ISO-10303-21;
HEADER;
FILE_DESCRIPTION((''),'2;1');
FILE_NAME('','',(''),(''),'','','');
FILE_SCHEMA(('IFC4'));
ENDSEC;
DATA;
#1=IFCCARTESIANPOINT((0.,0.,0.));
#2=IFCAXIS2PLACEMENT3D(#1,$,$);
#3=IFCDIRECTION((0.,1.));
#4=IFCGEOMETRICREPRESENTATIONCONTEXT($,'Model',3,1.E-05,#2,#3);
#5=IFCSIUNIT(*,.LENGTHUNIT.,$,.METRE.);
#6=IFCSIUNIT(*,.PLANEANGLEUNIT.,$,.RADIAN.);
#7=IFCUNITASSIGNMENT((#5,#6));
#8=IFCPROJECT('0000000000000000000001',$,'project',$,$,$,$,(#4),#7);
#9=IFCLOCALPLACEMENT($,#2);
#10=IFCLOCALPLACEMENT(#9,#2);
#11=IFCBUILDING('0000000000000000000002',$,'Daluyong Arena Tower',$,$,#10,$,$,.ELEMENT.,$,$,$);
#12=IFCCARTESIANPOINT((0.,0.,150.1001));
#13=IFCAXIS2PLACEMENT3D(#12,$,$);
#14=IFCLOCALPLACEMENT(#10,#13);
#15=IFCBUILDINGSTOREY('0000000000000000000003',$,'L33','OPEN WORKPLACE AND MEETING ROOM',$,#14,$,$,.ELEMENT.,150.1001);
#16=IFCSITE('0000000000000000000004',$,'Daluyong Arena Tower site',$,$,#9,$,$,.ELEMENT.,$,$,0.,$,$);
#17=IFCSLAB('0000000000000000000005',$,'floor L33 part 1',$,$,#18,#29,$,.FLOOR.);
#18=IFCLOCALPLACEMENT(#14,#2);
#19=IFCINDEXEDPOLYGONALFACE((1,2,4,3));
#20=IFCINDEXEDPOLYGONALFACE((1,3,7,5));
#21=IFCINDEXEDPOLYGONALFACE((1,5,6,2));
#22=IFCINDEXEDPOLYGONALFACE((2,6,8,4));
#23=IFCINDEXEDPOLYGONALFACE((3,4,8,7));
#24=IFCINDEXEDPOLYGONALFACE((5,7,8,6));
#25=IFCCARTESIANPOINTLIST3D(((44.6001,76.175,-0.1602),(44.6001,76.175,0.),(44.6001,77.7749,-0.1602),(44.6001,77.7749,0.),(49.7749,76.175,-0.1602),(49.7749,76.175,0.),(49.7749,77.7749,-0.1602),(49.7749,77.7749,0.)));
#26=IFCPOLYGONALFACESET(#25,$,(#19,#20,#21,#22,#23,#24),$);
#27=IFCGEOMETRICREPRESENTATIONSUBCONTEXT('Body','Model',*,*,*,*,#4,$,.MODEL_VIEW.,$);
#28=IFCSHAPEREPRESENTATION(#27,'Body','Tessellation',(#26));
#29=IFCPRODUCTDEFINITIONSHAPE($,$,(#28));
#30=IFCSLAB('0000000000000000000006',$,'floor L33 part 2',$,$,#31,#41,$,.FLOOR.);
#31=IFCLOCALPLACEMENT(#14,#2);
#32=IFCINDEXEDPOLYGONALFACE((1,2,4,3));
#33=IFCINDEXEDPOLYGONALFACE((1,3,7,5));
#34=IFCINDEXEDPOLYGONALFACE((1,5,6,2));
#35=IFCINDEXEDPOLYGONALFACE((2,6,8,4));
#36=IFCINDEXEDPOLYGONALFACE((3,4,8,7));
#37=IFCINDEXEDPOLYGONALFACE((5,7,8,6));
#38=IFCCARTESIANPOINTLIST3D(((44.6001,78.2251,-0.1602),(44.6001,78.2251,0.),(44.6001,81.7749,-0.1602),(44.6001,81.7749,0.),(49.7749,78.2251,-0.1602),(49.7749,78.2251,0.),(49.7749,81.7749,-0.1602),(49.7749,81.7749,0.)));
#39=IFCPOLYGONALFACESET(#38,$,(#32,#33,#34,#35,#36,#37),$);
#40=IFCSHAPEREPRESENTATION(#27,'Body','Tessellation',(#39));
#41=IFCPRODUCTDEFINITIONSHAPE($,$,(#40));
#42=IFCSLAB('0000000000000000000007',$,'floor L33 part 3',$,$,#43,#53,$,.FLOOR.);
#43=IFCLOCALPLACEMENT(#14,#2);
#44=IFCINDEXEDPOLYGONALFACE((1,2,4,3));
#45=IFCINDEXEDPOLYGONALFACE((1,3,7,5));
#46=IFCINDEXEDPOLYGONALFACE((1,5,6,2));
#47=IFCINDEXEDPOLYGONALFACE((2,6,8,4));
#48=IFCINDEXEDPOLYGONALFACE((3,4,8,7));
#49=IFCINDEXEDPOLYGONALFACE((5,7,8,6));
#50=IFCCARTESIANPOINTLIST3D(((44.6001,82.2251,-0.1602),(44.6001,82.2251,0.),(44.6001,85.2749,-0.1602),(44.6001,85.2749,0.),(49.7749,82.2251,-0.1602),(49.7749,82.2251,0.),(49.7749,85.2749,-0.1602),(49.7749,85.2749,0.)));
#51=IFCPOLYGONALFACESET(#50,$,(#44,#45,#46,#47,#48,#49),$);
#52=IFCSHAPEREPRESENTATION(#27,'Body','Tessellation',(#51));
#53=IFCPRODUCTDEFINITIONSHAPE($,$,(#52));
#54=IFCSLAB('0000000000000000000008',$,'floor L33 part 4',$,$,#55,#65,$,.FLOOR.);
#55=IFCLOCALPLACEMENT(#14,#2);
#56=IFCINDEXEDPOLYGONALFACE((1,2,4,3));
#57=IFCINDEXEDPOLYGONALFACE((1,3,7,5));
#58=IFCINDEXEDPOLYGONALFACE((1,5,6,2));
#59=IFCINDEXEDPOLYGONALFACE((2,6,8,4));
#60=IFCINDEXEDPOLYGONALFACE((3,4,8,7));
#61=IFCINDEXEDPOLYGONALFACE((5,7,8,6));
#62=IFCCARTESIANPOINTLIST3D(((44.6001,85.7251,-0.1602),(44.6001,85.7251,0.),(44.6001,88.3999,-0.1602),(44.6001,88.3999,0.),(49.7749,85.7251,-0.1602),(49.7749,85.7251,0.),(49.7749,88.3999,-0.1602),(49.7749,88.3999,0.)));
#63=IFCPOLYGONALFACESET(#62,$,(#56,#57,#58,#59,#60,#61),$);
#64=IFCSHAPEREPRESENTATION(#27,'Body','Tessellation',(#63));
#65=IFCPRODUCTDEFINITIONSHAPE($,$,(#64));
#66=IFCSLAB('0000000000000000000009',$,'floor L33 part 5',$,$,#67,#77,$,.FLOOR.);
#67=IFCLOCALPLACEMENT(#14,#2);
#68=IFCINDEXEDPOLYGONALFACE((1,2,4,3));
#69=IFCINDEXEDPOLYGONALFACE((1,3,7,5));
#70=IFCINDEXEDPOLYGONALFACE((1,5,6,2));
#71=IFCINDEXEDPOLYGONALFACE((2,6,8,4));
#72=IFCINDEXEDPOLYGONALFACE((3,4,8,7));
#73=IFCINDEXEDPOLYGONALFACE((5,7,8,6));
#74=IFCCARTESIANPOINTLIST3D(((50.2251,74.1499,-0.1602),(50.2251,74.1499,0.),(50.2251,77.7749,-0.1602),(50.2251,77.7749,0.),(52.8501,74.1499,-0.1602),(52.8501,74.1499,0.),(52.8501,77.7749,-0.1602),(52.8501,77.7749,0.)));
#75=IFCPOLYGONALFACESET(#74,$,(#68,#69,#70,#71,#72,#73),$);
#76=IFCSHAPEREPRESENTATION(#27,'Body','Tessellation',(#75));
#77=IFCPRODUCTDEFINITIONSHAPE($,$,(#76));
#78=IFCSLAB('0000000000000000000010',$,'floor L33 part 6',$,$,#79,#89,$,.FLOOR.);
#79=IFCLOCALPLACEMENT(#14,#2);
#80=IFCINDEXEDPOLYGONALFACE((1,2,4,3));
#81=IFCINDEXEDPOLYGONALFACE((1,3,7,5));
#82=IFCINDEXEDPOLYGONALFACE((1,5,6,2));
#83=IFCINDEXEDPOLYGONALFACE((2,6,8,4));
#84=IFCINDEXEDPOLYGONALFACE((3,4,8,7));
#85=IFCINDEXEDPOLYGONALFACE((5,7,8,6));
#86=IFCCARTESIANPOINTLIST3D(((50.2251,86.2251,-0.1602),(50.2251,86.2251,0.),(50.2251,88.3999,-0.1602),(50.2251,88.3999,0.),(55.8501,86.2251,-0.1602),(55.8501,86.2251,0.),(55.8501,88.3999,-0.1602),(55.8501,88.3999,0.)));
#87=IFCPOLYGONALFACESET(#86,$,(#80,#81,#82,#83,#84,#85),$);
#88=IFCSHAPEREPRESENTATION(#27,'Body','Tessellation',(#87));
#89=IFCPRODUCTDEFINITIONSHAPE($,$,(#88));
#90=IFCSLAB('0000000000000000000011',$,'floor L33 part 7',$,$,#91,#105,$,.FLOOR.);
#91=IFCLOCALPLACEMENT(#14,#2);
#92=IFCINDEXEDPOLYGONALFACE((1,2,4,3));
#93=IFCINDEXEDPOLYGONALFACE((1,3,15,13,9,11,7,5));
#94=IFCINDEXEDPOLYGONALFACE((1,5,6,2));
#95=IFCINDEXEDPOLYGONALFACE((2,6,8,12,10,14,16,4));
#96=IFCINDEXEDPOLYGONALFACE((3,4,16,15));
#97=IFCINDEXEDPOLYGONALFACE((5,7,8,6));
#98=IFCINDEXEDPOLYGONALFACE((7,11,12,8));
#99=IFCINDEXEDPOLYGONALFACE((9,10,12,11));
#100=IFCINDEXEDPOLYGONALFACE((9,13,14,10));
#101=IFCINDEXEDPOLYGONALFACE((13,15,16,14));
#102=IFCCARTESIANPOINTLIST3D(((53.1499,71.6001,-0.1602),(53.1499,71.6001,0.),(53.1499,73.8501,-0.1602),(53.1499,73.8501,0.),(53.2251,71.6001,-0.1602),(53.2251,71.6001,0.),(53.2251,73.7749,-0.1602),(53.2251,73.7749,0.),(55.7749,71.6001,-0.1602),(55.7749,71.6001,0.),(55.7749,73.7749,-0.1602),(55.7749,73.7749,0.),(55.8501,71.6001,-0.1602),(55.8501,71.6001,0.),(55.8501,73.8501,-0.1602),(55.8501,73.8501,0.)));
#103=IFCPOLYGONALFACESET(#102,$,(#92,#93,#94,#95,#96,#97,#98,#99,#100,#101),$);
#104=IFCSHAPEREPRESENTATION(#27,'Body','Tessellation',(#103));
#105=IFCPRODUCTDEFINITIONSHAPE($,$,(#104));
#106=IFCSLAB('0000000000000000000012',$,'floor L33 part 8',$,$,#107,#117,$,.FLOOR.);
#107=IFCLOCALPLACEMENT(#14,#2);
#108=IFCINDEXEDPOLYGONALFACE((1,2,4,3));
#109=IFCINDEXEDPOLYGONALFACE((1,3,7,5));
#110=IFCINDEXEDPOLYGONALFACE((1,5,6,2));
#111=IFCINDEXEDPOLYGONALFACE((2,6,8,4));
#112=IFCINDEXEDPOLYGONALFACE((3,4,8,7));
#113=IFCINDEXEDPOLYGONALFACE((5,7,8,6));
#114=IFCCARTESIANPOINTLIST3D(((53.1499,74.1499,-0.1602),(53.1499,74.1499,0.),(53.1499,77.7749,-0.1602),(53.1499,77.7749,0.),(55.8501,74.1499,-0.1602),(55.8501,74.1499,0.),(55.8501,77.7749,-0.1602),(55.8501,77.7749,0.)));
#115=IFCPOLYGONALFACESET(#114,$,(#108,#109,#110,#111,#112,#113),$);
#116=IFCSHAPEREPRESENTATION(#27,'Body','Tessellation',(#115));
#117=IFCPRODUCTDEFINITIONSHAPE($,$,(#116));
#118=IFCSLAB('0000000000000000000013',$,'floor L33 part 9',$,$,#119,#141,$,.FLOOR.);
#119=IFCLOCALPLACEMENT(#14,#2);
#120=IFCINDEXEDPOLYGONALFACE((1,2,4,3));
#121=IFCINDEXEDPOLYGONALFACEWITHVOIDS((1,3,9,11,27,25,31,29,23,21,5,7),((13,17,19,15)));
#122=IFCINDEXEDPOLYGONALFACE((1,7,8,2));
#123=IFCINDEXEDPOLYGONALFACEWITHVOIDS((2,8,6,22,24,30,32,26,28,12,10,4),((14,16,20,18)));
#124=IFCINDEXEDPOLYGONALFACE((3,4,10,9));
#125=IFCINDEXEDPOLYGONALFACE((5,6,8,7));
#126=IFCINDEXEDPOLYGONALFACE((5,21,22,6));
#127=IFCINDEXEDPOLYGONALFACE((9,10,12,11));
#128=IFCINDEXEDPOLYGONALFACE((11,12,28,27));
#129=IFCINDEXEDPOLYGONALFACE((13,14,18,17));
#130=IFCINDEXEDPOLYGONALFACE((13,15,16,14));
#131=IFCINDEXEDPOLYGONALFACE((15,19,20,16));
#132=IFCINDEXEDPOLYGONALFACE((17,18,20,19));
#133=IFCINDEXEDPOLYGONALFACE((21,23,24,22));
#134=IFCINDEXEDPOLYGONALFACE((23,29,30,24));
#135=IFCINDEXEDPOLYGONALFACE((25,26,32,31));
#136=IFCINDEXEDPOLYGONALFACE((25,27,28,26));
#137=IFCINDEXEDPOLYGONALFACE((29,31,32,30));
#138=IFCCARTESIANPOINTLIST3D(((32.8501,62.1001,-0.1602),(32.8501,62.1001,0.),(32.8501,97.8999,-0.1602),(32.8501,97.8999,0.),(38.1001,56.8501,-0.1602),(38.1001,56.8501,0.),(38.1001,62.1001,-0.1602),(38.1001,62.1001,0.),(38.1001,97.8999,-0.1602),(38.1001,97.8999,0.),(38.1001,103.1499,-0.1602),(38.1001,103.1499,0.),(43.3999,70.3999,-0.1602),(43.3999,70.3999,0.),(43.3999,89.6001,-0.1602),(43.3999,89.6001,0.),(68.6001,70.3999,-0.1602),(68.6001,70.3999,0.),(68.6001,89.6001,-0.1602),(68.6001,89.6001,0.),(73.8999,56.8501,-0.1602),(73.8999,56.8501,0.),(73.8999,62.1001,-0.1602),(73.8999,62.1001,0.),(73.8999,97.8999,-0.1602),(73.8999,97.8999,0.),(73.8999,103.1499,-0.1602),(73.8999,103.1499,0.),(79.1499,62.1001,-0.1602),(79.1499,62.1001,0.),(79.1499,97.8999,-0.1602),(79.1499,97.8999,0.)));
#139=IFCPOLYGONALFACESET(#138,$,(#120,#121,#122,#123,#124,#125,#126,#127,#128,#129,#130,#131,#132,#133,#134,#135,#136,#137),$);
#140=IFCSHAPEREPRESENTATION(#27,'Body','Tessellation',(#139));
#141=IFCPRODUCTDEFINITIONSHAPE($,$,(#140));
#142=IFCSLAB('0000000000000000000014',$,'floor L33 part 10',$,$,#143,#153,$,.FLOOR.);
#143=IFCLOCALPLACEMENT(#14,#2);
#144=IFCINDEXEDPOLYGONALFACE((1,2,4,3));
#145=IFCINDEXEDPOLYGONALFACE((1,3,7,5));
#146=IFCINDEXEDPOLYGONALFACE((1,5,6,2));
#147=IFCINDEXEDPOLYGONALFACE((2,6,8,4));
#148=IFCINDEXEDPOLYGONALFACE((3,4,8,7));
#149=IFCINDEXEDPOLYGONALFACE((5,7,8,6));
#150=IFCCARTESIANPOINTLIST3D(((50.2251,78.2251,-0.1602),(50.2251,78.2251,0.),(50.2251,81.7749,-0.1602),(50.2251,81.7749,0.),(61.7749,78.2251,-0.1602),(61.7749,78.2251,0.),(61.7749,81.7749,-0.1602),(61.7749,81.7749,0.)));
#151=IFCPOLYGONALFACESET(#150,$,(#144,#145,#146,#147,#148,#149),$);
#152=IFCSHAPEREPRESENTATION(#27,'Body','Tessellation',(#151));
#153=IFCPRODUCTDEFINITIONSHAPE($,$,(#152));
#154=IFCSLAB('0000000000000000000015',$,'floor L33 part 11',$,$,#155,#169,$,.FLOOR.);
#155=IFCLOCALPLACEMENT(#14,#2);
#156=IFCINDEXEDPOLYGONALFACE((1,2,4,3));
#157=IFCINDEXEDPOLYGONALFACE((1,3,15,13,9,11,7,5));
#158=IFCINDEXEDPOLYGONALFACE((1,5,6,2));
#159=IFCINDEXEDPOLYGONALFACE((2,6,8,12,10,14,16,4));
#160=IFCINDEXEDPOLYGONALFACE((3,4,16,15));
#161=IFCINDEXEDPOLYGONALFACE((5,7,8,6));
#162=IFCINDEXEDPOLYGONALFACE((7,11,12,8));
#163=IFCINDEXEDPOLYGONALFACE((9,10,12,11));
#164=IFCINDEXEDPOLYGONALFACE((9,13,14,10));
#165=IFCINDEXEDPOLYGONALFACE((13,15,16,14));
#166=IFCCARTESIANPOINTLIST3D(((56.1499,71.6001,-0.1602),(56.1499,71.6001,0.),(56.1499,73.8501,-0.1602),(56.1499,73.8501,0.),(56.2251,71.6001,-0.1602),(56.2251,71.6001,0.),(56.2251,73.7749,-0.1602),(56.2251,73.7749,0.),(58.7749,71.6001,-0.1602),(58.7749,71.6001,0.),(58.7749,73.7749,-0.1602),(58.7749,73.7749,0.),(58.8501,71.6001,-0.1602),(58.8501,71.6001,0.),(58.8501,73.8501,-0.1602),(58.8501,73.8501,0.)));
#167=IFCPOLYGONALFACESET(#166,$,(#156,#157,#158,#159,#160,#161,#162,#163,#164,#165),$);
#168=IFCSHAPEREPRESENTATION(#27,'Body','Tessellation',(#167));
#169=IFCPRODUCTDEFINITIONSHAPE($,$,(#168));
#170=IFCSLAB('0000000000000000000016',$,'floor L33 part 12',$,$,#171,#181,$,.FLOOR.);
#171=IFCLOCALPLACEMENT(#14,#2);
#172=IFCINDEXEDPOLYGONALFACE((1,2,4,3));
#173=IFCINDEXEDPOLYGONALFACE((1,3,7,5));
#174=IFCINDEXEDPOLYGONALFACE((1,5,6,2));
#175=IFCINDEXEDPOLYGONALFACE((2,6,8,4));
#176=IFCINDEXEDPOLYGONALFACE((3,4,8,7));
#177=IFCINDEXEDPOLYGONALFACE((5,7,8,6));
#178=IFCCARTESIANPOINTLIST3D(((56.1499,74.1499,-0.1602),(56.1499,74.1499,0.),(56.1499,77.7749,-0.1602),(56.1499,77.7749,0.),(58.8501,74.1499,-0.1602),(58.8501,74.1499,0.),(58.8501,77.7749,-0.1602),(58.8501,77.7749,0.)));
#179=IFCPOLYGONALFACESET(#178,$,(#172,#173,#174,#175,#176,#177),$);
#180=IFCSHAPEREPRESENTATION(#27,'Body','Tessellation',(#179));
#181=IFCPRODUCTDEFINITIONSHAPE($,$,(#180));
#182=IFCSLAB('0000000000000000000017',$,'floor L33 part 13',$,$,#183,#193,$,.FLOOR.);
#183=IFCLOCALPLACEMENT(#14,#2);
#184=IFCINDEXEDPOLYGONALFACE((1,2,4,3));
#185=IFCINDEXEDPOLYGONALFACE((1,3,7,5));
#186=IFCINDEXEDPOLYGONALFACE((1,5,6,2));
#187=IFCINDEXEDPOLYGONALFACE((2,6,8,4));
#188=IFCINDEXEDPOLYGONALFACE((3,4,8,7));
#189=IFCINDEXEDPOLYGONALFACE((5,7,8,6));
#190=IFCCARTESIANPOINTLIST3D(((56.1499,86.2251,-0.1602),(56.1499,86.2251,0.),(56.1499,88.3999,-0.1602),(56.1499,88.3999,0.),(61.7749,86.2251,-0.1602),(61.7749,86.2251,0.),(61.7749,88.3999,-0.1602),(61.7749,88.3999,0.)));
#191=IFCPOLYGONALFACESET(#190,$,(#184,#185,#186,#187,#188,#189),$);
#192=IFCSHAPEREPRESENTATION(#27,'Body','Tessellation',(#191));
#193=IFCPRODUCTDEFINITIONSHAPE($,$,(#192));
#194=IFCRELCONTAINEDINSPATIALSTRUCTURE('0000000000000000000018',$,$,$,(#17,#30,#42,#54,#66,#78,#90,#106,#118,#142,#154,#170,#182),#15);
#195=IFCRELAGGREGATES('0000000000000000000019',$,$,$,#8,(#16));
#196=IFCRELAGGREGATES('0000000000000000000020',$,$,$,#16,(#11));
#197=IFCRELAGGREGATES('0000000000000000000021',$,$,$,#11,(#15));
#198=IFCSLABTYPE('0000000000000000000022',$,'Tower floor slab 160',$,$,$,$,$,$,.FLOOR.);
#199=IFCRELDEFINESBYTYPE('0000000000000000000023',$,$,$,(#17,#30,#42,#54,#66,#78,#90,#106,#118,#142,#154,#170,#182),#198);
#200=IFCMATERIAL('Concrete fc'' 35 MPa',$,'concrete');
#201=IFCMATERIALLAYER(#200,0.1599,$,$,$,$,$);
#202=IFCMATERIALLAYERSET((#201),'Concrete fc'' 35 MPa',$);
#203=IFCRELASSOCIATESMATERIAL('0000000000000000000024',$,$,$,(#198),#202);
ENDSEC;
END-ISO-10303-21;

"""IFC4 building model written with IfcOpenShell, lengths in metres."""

from ifc_helpers import new_model, si_unit, direction, frame, origin, place, context, subcontext, project, spatial, polyline, outline, extrude, material, layer, layer_set, type_object, element, save


model = new_model("IFC4")

# Units and contexts
model_context = context("Model", 3, precision=1e-05, world=origin(), true_north=direction((0.0, 1.0)))
body_context = subcontext(model_context, "Body", "Model", "MODEL_VIEW")
ifc_project = project(units=[si_unit("LENGTHUNIT", "METRE"), si_unit("PLANEANGLEUNIT", "RADIAN")], contexts=[model_context])

# Site, building, storey
site_placement = place(None, origin())
site = spatial("IfcSite", under=ifc_project, at=site_placement, Name="Daluyong Arena Tower site", CompositionType="ELEMENT", RefElevation=0.0)
building_placement = place(site_placement, origin())
building = spatial("IfcBuilding", under=site, at=building_placement, Name="Daluyong Arena Tower", CompositionType="ELEMENT")
storey_placement = place(building_placement, frame((0.0, 0.0, 150.1001)))
storey = spatial("IfcBuildingStorey", under=building, at=storey_placement, Name="L33", Description="OPEN WORKPLACE AND MEETING ROOM", CompositionType="ELEMENT", Elevation=150.1001)

# Slabs
ifc_material_1 = material(Name="Concrete fc' 35 MPa", Category="concrete")
ifc_layer_1 = layer(ifc_material_1, 0.1599)
ifc_layer_set_1 = layer_set([ifc_layer_1], Name="Concrete fc' 35 MPa")
slab_type = type_object("IfcSlabType", Name="Tower floor slab 160", PredefinedType="FLOOR", material=ifc_layer_set_1)
slab_1_placement = place(storey_placement, frame((0.0, 0.0, -0.1602)))
element("IfcSlab", 1, at=slab_1_placement, inside=storey, type_object=slab_type, Name="floor L33 part 1", PredefinedType="FLOOR", context=body_context, shape_type="SweptSolid", body=[
    extrude(outline(polyline([(49.7749, 76.175), (49.7749, 77.7749), (44.6001, 77.7749), (44.6001, 76.175), (49.7749, 76.175)])), origin(), (0.0, 0.0, 1.0), 0.1602),
])
slab_2_placement = place(storey_placement, frame((0.0, 0.0, -0.1602)))
element("IfcSlab", 2, at=slab_2_placement, inside=storey, type_object=slab_type, Name="floor L33 part 2", PredefinedType="FLOOR", context=body_context, shape_type="SweptSolid", body=[
    extrude(outline(polyline([(44.6001, 78.2251), (49.7749, 78.2251), (49.7749, 81.7749), (44.6001, 81.7749), (44.6001, 78.2251)])), origin(), (0.0, 0.0, 1.0), 0.1602),
])
slab_3_placement = place(storey_placement, frame((0.0, 0.0, -0.1602)))
element("IfcSlab", 3, at=slab_3_placement, inside=storey, type_object=slab_type, Name="floor L33 part 3", PredefinedType="FLOOR", context=body_context, shape_type="SweptSolid", body=[
    extrude(outline(polyline([(44.6001, 82.2251), (49.7749, 82.2251), (49.7749, 85.2749), (44.6001, 85.2749), (44.6001, 82.2251)])), origin(), (0.0, 0.0, 1.0), 0.1602),
])
slab_4_placement = place(storey_placement, frame((0.0, 0.0, -0.1602)))
element("IfcSlab", 4, at=slab_4_placement, inside=storey, type_object=slab_type, Name="floor L33 part 4", PredefinedType="FLOOR", context=body_context, shape_type="SweptSolid", body=[
    extrude(outline(polyline([(49.7749, 88.3999), (44.6001, 88.3999), (44.6001, 85.7251), (49.7749, 85.7251), (49.7749, 88.3999)])), origin(), (0.0, 0.0, 1.0), 0.1602),
])
slab_5_placement = place(storey_placement, frame((0.0, 0.0, -0.1602)))
element("IfcSlab", 5, at=slab_5_placement, inside=storey, type_object=slab_type, Name="floor L33 part 5", PredefinedType="FLOOR", context=body_context, shape_type="SweptSolid", body=[
    extrude(outline(polyline([(52.8501, 77.7749), (50.2251, 77.7749), (50.2251, 74.1499), (52.8501, 74.1499), (52.8501, 77.7749)])), origin(), (0.0, 0.0, 1.0), 0.1602),
])
slab_6_placement = place(storey_placement, frame((0.0, 0.0, -0.1602)))
element("IfcSlab", 6, at=slab_6_placement, inside=storey, type_object=slab_type, Name="floor L33 part 6", PredefinedType="FLOOR", context=body_context, shape_type="SweptSolid", body=[
    extrude(outline(polyline([(55.8501, 88.3999), (50.2251, 88.3999), (50.2251, 86.2251), (55.8501, 86.2251), (55.8501, 88.3999)])), origin(), (0.0, 0.0, 1.0), 0.1602),
])
slab_7_placement = place(storey_placement, frame((0.0, 0.0, -0.1602)))
element("IfcSlab", 7, at=slab_7_placement, inside=storey, type_object=slab_type, Name="floor L33 part 7", PredefinedType="FLOOR", context=body_context, shape_type="SweptSolid", body=[
    extrude(outline(polyline([(55.7749, 73.7749), (55.7749, 71.6001), (55.8501, 71.6001), (55.8501, 73.8501), (53.1499, 73.8501), (53.1499, 71.6001), (53.2251, 71.6001), (53.2251, 73.7749), (55.7749, 73.7749)])), origin(), (0.0, 0.0, 1.0), 0.1602),
])
slab_8_placement = place(storey_placement, frame((0.0, 0.0, -0.1602)))
element("IfcSlab", 8, at=slab_8_placement, inside=storey, type_object=slab_type, Name="floor L33 part 8", PredefinedType="FLOOR", context=body_context, shape_type="SweptSolid", body=[
    extrude(outline(polyline([(55.8501, 77.7749), (53.1499, 77.7749), (53.1499, 74.1499), (55.8501, 74.1499), (55.8501, 77.7749)])), origin(), (0.0, 0.0, 1.0), 0.1602),
])
slab_9_placement = place(storey_placement, frame((0.0, 0.0, -0.1602)))
element("IfcSlab", 9, at=slab_9_placement, inside=storey, type_object=slab_type, Name="floor L33 part 9", PredefinedType="FLOOR", context=body_context, shape_type="SweptSolid", body=[
    extrude(outline(polyline([(38.1001, 62.1001), (38.1001, 56.8501), (73.8999, 56.8501), (73.8999, 62.1001), (79.1499, 62.1001), (79.1499, 97.8999), (73.8999, 97.8999), (73.8999, 103.1499), (38.1001, 103.1499), (38.1001, 97.8999), (32.8501, 97.8999), (32.8501, 62.1001), (38.1001, 62.1001)]), holes=[polyline([(68.6001, 89.6001), (68.6001, 70.3999), (43.3999, 70.3999), (43.3999, 89.6001), (68.6001, 89.6001)])]), origin(), (0.0, 0.0, 1.0), 0.1602),
])
slab_10_placement = place(storey_placement, frame((0.0, 0.0, -0.1602)))
element("IfcSlab", 10, at=slab_10_placement, inside=storey, type_object=slab_type, Name="floor L33 part 10", PredefinedType="FLOOR", context=body_context, shape_type="SweptSolid", body=[
    extrude(outline(polyline([(61.7749, 78.2251), (61.7749, 81.7749), (50.2251, 81.7749), (50.2251, 78.2251), (61.7749, 78.2251)])), origin(), (0.0, 0.0, 1.0), 0.1602),
])
slab_11_placement = place(storey_placement, frame((0.0, 0.0, -0.1602)))
element("IfcSlab", 11, at=slab_11_placement, inside=storey, type_object=slab_type, Name="floor L33 part 11", PredefinedType="FLOOR", context=body_context, shape_type="SweptSolid", body=[
    extrude(outline(polyline([(58.8501, 71.6001), (58.8501, 73.8501), (56.1499, 73.8501), (56.1499, 71.6001), (56.2251, 71.6001), (56.2251, 73.7749), (58.7749, 73.7749), (58.7749, 71.6001), (58.8501, 71.6001)])), origin(), (0.0, 0.0, 1.0), 0.1602),
])
slab_12_placement = place(storey_placement, frame((0.0, 0.0, -0.1602)))
element("IfcSlab", 12, at=slab_12_placement, inside=storey, type_object=slab_type, Name="floor L33 part 12", PredefinedType="FLOOR", context=body_context, shape_type="SweptSolid", body=[
    extrude(outline(polyline([(58.8501, 77.7749), (56.1499, 77.7749), (56.1499, 74.1499), (58.8501, 74.1499), (58.8501, 77.7749)])), origin(), (0.0, 0.0, 1.0), 0.1602),
])
slab_13_placement = place(storey_placement, frame((0.0, 0.0, -0.1602)))
element("IfcSlab", 13, at=slab_13_placement, inside=storey, type_object=slab_type, Name="floor L33 part 13", PredefinedType="FLOOR", context=body_context, shape_type="SweptSolid", body=[
    extrude(outline(polyline([(56.1499, 88.3999), (56.1499, 86.2251), (61.7749, 86.2251), (61.7749, 88.3999), (56.1499, 88.3999)])), origin(), (0.0, 0.0, 1.0), 0.1602),
])

save(model, "model.ifc")
